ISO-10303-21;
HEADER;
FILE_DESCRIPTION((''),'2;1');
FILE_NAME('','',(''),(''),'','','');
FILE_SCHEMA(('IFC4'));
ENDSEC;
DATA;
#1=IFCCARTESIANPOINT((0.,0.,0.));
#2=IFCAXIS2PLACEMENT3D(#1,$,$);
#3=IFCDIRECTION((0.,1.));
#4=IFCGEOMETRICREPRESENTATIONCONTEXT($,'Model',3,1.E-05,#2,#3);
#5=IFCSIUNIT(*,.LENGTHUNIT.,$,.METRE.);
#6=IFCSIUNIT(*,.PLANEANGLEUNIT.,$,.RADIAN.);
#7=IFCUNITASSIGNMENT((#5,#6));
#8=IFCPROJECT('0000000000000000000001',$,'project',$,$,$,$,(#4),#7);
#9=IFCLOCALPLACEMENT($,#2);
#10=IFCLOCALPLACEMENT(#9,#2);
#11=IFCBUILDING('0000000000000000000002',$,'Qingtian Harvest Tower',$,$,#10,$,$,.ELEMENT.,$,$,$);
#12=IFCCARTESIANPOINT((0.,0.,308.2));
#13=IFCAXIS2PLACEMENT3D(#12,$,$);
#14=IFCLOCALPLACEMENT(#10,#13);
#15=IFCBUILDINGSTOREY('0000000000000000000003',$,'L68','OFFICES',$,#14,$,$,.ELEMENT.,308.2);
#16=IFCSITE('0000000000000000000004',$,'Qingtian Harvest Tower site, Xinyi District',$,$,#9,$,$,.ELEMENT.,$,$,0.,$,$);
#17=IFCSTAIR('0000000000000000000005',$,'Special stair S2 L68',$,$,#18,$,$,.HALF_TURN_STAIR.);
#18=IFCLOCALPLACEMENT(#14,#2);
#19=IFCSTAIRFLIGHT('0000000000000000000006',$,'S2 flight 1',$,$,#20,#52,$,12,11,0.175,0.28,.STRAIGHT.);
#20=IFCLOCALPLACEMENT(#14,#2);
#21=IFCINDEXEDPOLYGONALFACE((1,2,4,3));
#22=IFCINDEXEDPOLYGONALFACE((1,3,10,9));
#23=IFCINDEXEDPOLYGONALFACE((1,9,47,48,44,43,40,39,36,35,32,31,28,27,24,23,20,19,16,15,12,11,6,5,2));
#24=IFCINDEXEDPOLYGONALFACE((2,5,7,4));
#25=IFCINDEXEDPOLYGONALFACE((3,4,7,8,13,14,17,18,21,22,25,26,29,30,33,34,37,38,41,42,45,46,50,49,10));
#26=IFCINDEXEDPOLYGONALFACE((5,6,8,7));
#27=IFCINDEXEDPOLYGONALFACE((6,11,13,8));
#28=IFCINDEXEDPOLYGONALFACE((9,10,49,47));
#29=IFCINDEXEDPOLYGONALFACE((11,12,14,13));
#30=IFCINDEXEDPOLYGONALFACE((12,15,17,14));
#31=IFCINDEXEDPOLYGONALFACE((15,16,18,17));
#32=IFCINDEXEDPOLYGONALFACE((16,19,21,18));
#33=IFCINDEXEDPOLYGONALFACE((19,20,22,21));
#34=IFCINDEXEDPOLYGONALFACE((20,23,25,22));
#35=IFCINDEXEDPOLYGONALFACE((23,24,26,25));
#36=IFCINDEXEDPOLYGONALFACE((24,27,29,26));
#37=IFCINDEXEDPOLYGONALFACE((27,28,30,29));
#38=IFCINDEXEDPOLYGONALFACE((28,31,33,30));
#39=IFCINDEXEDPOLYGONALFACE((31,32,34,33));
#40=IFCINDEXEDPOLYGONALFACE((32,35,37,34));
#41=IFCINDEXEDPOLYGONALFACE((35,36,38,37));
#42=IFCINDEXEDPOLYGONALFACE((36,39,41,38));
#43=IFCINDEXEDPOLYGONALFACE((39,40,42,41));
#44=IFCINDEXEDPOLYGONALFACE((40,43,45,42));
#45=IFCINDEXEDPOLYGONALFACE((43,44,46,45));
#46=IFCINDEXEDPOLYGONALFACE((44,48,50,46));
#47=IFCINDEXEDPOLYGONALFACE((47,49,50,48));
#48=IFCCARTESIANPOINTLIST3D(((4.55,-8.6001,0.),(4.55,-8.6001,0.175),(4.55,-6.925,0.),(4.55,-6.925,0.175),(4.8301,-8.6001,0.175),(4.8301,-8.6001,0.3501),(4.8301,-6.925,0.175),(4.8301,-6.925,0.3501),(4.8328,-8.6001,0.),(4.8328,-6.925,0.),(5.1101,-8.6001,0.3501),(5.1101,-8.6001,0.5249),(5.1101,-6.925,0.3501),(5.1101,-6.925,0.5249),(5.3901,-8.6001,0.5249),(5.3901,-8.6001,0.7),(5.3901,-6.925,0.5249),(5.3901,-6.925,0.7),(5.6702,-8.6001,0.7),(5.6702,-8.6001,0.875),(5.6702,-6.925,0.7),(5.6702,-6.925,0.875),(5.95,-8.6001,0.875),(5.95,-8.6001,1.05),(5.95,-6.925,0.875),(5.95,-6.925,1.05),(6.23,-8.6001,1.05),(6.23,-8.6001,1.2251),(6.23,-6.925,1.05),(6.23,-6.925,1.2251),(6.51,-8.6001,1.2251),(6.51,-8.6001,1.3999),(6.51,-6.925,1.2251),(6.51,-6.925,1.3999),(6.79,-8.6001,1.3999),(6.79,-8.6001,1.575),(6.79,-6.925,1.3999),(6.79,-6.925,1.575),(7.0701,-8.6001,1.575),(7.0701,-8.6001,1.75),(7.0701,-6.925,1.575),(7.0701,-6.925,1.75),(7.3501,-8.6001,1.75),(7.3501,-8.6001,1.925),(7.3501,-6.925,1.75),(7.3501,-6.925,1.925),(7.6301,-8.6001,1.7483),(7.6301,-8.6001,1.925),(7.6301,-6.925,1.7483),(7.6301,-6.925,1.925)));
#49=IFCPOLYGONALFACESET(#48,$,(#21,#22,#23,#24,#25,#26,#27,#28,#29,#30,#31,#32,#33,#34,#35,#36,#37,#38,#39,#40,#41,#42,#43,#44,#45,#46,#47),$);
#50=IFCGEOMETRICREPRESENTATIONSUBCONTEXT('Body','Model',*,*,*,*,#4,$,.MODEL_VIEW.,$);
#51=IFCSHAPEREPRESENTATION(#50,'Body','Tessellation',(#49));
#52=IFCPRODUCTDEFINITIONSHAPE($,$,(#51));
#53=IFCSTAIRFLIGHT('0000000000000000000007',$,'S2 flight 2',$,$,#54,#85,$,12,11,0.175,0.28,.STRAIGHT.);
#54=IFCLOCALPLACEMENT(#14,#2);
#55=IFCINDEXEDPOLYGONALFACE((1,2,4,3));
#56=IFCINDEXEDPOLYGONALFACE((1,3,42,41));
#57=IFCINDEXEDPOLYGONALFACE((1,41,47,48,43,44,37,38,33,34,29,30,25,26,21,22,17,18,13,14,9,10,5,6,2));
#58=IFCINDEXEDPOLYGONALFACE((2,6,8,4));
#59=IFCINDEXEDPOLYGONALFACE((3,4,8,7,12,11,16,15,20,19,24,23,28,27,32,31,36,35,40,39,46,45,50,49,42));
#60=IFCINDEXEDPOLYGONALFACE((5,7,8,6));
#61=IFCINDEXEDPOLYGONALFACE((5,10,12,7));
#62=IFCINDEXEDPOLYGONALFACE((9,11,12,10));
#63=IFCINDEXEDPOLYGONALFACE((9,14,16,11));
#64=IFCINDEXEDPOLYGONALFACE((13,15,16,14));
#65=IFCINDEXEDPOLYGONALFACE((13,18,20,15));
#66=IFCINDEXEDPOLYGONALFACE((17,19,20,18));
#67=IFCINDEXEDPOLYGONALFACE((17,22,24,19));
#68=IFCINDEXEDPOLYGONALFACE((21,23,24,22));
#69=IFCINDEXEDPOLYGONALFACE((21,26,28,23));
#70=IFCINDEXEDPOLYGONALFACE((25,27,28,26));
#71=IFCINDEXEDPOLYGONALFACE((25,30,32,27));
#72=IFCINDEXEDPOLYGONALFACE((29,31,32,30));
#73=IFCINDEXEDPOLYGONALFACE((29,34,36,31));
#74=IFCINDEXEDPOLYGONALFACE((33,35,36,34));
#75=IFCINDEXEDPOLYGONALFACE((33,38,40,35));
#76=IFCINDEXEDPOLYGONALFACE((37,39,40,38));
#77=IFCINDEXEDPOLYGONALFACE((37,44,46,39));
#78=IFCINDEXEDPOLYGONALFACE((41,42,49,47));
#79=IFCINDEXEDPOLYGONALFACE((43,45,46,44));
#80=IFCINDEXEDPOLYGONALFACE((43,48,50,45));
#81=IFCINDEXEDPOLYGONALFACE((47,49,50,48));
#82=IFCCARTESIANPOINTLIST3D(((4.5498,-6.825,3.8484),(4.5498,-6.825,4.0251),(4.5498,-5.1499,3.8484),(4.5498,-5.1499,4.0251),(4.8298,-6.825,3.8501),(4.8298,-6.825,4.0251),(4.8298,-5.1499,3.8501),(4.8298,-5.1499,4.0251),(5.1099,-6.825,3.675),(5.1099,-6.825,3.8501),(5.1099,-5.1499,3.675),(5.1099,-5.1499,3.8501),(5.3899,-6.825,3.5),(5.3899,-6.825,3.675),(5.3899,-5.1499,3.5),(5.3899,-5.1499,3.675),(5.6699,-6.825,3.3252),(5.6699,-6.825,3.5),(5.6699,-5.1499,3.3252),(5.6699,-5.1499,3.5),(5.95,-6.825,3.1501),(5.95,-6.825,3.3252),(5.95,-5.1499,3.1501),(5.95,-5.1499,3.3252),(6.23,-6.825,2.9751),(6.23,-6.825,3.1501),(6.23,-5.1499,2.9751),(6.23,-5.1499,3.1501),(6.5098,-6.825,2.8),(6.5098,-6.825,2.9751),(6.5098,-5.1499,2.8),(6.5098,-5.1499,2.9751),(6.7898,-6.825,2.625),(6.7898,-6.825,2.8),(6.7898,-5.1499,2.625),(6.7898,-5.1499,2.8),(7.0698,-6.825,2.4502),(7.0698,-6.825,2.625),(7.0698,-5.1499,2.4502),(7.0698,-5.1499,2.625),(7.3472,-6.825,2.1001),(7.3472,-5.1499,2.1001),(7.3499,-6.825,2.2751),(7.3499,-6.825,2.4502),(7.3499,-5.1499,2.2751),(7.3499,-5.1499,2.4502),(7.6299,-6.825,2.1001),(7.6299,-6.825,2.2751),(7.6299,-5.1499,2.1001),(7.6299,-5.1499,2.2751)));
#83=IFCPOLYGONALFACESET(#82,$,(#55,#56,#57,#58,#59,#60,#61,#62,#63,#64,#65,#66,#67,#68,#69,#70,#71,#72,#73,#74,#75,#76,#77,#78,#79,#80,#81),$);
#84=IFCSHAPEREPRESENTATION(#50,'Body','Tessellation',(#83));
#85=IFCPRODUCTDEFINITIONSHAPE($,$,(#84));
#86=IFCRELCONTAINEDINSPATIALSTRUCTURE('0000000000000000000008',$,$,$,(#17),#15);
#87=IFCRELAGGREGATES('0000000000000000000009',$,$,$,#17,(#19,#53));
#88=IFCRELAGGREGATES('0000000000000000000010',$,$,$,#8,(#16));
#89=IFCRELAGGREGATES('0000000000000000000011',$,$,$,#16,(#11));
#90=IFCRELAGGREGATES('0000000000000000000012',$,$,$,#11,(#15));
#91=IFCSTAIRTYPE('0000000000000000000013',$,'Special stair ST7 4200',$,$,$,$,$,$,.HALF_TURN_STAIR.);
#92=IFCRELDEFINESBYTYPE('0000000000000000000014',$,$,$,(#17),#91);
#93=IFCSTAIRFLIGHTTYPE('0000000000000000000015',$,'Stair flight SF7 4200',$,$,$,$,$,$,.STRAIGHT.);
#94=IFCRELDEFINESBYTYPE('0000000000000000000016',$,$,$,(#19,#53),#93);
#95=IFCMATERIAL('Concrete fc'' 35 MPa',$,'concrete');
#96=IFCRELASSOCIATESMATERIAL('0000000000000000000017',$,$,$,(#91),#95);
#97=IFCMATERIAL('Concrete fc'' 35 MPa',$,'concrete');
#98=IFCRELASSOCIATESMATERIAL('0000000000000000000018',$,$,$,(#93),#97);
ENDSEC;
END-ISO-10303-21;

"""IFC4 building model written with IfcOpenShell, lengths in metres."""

from ifc_helpers import new_model, si_unit, direction, frame, origin, place, context, subcontext, project, spatial, polyline, outline, extrude, material, type_object, element, aggregate, save


model = new_model("IFC4")

# Units and contexts
model_context = context("Model", 3, precision=1e-05, world=origin(), true_north=direction((0.0, 1.0)))
body_context = subcontext(model_context, "Body", "Model", "MODEL_VIEW")
ifc_project = project(units=[si_unit("LENGTHUNIT", "METRE"), si_unit("PLANEANGLEUNIT", "RADIAN")], contexts=[model_context])

# Site, building, storey
site_placement = place(None, origin())
site = spatial("IfcSite", under=ifc_project, at=site_placement, Name="Qingtian Harvest Tower site, Xinyi District", CompositionType="ELEMENT", RefElevation=0.0)
building_placement = place(site_placement, origin())
building = spatial("IfcBuilding", under=site, at=building_placement, Name="Qingtian Harvest Tower", CompositionType="ELEMENT")
storey_placement = place(building_placement, frame((0.0, 0.0, 308.2)))
storey = spatial("IfcBuildingStorey", under=building, at=storey_placement, Name="L68", Description="OFFICES", CompositionType="ELEMENT", Elevation=308.2)

# Stair, stair flights
ifc_material_1 = material(Name="Concrete fc' 35 MPa", Category="concrete")
stair_type = type_object("IfcStairType", Name="Special stair ST7 4200", PredefinedType="HALF_TURN_STAIR", material=ifc_material_1)
stair_placement = place(storey_placement, origin())
stair = element("IfcStair", 1, at=stair_placement, inside=storey, type_object=stair_type, Name="Special stair S2 L68", PredefinedType="HALF_TURN_STAIR")
ifc_material_2 = material(Name="Concrete fc' 35 MPa", Category="concrete")
stair_flight_type = type_object("IfcStairFlightType", Name="Stair flight SF7 4200", PredefinedType="STRAIGHT", material=ifc_material_2)
stair_flight_1_placement = place(storey_placement, frame((4.55, -7.7625, 0.0), z_axis=(0.0, 0.0, 1.0), x_axis=(1.0, 0.0, 0.0)))
stair_flight_1 = element("IfcStairFlight", 2, at=stair_flight_1_placement, type_object=stair_flight_type, Name="S2 flight 1", NumberOfRisers=12, NumberOfTreads=11, PredefinedType="STRAIGHT", RiserHeight=0.175, TreadLength=0.28, context=body_context, shape_type="SweptSolid", body=[
    extrude(outline(polyline([(0.0, 0.0), (0.0, 0.175), (0.28, 0.175), (0.28, 0.3501), (0.5601, 0.3501), (0.5601, 0.5249), (0.8401, 0.5249), (0.8401, 0.7), (1.1201, 0.7), (1.1201, 0.875), (1.3999, 0.875), (1.3999, 1.05), (1.6799, 1.05), (1.6799, 1.2251), (1.96, 1.2251), (1.96, 1.3999), (2.24, 1.3999), (2.24, 1.575), (2.52, 1.575), (2.52, 1.75), (2.8, 1.75), (2.8, 1.925), (3.0801, 1.925), (3.0801, 2.1001), (3.0801, 1.7483), (0.2827, 0.0), (0.0, 0.0)])), frame((0.0, 0.8374, 0.0), z_axis=(0.0, -1.0, 0.0), x_axis=(1.0, 0.0, 0.0)), (0.0, 0.0, 1.0), 1.675),
])
stair_flight_2_placement = place(storey_placement, frame((7.6299, -5.9875, 2.1001), z_axis=(0.0, 0.0, 1.0), x_axis=(-1.0, 0.0, 0.0)))
stair_flight_2 = element("IfcStairFlight", 3, at=stair_flight_2_placement, type_object=stair_flight_type, Name="S2 flight 2", NumberOfRisers=12, NumberOfTreads=11, PredefinedType="STRAIGHT", RiserHeight=0.175, TreadLength=0.28, context=body_context, shape_type="SweptSolid", body=[
    extrude(outline(polyline([(0.0, 0.0), (0.0, 0.175), (0.28, 0.175), (0.28, 0.3501), (0.5601, 0.3501), (0.5601, 0.5249), (0.8401, 0.5249), (0.8401, 0.7), (1.1201, 0.7), (1.1201, 0.875), (1.3999, 0.875), (1.3999, 1.05), (1.6799, 1.05), (1.6799, 1.2251), (1.96, 1.2251), (1.96, 1.3999), (2.24, 1.3999), (2.24, 1.575), (2.52, 1.575), (2.52, 1.75), (2.8, 1.75), (2.8, 1.925), (3.0801, 1.925), (3.0801, 2.1001), (3.0801, 1.7483), (0.2827, 0.0), (0.0, 0.0)])), frame((0.0, 0.8374, 0.0), z_axis=(0.0, -1.0, 0.0), x_axis=(1.0, 0.0, 0.0)), (0.0, 0.0, 1.0), 1.675),
])
aggregate(stair, [stair_flight_1, stair_flight_2])

save(model, "model.ifc")
